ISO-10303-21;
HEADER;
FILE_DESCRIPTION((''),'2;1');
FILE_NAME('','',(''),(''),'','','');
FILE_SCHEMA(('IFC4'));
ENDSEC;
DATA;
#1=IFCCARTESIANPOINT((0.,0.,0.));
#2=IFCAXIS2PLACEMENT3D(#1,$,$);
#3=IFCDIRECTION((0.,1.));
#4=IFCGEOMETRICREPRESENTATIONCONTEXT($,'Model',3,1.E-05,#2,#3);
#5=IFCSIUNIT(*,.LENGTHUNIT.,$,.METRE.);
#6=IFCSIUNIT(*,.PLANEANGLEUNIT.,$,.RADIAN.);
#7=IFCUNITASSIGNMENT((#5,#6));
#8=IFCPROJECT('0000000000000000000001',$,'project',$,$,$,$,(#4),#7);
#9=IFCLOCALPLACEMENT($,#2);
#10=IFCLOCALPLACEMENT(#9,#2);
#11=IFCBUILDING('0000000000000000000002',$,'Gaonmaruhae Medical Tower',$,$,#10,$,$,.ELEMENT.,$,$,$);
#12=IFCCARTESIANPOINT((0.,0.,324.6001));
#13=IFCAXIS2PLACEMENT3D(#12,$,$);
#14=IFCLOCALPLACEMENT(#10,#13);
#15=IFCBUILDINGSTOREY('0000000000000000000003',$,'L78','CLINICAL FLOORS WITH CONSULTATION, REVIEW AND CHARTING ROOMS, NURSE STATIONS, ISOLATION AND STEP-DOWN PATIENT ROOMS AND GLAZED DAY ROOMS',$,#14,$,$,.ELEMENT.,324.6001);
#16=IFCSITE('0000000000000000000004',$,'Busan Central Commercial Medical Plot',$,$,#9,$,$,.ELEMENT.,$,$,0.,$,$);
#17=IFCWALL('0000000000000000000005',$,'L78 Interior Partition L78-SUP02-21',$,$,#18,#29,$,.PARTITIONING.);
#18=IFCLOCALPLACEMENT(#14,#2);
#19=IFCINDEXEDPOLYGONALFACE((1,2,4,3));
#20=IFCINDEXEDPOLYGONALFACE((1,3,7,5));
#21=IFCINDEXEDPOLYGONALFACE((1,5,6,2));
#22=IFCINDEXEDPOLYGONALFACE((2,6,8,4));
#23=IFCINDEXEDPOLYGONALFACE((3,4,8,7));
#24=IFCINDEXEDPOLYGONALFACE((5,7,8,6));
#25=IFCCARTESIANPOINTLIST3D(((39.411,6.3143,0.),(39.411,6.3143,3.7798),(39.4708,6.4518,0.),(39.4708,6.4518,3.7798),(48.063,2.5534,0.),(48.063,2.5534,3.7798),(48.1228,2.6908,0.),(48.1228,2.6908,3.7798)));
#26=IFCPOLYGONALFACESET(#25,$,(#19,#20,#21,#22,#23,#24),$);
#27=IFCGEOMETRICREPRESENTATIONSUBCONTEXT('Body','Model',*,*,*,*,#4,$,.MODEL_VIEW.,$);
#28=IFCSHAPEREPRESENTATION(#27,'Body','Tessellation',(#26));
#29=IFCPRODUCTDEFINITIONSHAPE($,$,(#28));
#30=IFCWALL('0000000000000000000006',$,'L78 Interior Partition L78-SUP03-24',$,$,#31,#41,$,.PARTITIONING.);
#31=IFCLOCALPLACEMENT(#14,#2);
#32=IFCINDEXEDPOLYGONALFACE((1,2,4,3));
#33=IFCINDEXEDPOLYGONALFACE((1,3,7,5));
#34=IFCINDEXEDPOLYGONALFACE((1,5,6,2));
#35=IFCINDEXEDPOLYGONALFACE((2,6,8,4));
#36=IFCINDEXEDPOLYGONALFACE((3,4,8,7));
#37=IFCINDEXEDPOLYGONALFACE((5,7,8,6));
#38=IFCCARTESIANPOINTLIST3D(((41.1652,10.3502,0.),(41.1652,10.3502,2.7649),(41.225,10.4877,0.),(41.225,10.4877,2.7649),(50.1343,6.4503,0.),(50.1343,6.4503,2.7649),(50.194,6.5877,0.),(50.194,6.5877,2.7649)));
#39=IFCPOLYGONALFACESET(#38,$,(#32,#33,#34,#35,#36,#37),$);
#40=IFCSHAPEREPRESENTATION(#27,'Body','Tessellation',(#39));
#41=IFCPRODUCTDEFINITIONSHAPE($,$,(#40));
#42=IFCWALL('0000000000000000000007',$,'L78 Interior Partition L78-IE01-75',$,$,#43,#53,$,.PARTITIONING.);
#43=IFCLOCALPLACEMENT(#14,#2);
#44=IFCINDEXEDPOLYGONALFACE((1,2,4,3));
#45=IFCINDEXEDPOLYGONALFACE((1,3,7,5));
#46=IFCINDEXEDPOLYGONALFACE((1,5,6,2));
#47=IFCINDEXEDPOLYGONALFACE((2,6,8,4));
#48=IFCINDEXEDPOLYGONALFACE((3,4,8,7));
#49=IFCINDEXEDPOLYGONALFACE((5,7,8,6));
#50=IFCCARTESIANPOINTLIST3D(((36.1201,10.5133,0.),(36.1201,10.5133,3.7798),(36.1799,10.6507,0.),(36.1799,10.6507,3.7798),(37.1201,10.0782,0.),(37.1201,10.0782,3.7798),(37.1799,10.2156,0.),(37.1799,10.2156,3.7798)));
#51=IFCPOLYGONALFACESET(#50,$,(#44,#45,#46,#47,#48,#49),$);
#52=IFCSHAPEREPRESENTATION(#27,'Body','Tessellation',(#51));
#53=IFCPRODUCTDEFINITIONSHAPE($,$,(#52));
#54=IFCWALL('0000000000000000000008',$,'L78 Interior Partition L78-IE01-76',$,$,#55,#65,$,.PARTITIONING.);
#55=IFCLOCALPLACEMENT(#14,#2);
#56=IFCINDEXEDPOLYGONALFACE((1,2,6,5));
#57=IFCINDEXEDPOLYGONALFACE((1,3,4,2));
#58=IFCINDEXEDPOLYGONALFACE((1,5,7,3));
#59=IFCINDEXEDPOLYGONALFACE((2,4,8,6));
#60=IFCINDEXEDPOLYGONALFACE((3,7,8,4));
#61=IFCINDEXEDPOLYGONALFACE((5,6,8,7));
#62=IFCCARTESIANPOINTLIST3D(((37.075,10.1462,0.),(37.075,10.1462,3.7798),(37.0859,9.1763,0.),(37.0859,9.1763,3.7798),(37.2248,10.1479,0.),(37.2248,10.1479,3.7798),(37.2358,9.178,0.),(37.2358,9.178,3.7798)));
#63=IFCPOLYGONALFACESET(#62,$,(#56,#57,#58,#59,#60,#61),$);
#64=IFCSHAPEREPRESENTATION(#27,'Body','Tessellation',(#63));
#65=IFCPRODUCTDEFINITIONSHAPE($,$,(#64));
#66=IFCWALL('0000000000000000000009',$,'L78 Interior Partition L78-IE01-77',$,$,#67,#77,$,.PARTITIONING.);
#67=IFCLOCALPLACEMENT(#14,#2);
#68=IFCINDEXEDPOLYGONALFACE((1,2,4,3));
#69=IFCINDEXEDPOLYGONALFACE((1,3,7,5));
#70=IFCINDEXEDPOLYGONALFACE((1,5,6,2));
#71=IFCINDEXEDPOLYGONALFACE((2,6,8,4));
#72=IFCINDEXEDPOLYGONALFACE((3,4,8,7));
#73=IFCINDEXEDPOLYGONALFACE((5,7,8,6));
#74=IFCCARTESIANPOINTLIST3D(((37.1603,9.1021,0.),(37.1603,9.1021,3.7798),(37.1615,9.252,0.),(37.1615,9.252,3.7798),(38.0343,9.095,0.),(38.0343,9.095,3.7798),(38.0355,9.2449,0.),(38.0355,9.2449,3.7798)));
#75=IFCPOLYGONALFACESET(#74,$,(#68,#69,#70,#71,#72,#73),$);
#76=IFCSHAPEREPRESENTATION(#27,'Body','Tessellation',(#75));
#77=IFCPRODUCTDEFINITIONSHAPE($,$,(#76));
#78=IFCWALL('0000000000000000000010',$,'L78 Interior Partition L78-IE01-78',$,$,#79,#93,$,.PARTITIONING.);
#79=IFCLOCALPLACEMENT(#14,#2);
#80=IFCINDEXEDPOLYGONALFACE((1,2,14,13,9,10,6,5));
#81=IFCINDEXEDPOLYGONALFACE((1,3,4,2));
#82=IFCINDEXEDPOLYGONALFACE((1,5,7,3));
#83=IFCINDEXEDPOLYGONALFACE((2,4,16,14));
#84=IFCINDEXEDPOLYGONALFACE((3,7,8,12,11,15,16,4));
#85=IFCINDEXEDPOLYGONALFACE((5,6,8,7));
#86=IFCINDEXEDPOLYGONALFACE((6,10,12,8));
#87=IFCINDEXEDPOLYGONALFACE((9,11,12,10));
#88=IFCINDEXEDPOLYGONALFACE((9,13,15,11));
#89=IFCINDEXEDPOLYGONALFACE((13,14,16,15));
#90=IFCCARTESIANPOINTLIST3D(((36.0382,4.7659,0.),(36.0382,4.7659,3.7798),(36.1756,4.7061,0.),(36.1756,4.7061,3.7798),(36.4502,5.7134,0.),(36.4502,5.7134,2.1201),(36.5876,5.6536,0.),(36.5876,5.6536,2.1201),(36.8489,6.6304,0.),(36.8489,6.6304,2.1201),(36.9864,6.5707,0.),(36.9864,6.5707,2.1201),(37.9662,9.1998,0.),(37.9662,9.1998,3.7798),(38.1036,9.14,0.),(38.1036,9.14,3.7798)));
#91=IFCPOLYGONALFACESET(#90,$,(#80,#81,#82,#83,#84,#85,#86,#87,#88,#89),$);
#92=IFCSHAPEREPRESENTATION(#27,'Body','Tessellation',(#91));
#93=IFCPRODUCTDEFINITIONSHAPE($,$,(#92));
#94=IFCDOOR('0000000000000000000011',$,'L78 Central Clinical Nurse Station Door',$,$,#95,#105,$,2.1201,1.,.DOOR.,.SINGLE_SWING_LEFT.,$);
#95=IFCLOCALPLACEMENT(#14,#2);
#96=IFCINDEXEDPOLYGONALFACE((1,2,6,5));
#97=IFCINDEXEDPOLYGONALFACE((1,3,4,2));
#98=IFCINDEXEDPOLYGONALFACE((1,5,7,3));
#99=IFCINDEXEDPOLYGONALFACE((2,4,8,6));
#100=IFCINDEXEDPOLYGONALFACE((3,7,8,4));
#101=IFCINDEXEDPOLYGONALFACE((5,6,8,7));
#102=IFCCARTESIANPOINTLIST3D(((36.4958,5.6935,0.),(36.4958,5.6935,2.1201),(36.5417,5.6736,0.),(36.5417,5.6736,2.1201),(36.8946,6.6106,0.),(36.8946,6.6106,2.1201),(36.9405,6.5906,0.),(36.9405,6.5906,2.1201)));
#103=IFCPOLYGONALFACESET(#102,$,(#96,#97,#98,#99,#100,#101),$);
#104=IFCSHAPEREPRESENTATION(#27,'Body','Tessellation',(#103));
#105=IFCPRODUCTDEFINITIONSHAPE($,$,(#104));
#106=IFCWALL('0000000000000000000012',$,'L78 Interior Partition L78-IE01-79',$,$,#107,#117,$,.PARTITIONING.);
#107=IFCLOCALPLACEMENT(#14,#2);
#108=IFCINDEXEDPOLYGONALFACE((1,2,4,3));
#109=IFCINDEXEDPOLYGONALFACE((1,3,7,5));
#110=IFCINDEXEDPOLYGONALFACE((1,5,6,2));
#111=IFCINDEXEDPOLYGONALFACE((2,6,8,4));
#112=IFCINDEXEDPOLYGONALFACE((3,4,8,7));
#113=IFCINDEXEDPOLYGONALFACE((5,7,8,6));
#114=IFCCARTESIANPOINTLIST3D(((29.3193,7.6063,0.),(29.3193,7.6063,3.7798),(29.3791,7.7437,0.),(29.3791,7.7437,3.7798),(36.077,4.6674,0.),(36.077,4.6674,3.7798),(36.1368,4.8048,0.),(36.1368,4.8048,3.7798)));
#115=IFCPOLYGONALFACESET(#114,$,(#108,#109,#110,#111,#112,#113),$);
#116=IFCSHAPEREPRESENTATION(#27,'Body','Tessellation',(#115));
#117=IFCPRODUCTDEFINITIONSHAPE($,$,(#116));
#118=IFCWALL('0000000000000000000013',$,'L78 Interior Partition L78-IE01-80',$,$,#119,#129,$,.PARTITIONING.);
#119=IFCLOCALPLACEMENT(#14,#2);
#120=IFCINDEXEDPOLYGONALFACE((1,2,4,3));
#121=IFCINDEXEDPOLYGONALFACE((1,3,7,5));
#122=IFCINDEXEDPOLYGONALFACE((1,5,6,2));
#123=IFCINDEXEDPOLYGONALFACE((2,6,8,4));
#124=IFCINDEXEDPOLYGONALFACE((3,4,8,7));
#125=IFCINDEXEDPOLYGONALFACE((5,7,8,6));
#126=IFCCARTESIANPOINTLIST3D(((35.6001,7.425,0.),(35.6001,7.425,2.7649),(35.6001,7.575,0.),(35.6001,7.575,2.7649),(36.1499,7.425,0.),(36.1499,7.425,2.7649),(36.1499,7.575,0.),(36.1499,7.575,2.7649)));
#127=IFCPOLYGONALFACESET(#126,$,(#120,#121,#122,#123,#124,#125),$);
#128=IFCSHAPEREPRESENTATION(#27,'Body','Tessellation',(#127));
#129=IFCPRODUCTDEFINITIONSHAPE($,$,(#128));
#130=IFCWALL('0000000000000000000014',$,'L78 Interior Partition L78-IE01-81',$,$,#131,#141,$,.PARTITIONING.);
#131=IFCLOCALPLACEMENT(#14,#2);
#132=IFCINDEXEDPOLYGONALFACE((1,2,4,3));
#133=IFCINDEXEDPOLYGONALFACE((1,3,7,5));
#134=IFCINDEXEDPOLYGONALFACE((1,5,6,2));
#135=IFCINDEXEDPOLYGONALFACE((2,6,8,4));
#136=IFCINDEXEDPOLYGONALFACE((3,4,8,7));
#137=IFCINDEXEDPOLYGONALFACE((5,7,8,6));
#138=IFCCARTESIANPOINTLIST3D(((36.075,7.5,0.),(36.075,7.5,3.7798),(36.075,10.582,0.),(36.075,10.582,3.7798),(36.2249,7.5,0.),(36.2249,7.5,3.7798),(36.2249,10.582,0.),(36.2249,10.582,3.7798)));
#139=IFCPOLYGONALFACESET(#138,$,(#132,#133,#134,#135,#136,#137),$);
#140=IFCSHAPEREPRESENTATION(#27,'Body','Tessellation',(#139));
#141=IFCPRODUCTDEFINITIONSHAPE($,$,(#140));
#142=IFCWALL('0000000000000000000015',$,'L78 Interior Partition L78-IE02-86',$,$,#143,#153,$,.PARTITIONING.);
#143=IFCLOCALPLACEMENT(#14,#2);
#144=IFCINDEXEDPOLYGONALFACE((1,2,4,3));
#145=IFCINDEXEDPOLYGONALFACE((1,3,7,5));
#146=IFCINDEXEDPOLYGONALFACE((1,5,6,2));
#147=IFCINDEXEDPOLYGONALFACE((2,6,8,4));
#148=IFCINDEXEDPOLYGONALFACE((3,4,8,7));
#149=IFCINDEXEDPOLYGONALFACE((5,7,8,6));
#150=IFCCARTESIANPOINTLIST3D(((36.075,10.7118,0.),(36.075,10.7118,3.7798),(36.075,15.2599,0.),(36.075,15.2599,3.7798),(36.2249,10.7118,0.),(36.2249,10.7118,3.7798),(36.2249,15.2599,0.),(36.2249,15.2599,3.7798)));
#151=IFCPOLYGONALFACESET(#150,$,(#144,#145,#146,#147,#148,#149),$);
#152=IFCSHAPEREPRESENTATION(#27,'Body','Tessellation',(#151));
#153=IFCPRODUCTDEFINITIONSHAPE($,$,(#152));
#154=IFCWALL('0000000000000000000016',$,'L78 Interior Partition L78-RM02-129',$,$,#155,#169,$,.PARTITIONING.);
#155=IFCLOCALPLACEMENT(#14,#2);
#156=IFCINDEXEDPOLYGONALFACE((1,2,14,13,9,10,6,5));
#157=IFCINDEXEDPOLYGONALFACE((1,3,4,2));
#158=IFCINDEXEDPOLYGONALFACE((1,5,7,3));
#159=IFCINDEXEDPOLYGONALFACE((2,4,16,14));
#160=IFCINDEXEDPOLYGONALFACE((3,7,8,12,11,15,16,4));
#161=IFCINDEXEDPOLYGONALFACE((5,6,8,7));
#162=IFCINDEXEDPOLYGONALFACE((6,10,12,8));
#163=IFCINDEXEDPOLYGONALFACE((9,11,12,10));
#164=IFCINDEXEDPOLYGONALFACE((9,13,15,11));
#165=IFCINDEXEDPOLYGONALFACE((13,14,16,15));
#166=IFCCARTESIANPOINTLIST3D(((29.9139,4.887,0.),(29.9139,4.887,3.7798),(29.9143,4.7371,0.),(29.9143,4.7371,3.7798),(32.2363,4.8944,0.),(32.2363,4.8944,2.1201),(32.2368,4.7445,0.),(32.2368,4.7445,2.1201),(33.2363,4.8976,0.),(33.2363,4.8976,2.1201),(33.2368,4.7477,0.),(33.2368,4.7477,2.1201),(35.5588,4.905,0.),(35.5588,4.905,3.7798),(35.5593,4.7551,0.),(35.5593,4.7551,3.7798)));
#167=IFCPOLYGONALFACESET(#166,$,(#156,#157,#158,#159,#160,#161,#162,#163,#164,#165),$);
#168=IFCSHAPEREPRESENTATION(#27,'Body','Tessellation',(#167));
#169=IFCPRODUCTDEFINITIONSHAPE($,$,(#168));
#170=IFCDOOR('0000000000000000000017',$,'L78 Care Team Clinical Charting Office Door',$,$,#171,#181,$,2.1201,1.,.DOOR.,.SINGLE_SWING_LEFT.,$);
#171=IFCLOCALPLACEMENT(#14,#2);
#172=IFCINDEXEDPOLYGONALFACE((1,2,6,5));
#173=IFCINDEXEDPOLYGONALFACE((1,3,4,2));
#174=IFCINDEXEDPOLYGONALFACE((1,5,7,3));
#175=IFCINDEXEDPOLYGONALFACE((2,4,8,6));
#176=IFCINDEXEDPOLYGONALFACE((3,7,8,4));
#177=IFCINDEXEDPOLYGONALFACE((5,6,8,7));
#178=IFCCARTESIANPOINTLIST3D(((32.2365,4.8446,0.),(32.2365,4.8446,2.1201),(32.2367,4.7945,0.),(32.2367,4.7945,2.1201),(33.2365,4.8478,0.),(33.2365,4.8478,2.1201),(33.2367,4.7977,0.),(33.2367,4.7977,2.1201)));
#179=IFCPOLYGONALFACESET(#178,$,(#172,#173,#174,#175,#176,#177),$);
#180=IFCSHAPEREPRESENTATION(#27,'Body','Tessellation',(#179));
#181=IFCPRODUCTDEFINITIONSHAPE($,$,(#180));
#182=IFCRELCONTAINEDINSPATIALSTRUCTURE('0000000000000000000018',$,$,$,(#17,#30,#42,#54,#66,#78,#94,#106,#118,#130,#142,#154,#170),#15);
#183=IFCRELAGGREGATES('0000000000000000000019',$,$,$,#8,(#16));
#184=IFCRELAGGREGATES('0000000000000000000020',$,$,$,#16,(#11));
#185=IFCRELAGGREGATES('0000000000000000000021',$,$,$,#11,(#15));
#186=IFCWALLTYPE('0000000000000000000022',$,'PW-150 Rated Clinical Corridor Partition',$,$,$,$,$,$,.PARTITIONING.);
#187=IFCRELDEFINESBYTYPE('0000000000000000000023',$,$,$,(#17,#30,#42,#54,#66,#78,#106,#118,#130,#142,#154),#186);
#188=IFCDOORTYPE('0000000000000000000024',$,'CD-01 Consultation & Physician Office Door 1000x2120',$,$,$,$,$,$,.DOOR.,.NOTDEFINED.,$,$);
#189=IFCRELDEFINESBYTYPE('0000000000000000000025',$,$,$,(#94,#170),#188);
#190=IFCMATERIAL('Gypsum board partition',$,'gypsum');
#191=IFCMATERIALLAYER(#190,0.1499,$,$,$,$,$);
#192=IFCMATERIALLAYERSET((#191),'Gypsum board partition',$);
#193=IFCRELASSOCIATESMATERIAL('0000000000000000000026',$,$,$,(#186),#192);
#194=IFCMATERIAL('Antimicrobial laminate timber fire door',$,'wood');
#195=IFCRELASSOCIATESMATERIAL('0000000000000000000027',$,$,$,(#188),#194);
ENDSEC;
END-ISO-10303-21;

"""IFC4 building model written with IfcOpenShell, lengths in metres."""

from ifc_helpers import new_model, si_unit, direction, frame, frame_2d, origin, place, context, subcontext, project, spatial, rectangle, extrude, material, layer, layer_set, type_object, element, fill, save


model = new_model("IFC4")

# Units and contexts
model_context = context("Model", 3, precision=1e-05, world=origin(), true_north=direction((0.0, 1.0)))
body_context = subcontext(model_context, "Body", "Model", "MODEL_VIEW")
ifc_project = project(units=[si_unit("LENGTHUNIT", "METRE"), si_unit("PLANEANGLEUNIT", "RADIAN")], contexts=[model_context])

# Site, building, storey
site_placement = place(None, origin())
site = spatial("IfcSite", under=ifc_project, at=site_placement, Name="Busan Central Commercial Medical Plot", CompositionType="ELEMENT", RefElevation=0.0)
building_placement = place(site_placement, origin())
building = spatial("IfcBuilding", under=site, at=building_placement, Name="Gaonmaruhae Medical Tower", CompositionType="ELEMENT")
storey_placement = place(building_placement, frame((0.0, 0.0, 324.6001)))
storey = spatial("IfcBuildingStorey", under=building, at=storey_placement, Name="L78", Description="CLINICAL FLOORS WITH CONSULTATION, REVIEW AND CHARTING ROOMS, NURSE STATIONS, ISOLATION AND STEP-DOWN PATIENT ROOMS AND GLAZED DAY ROOMS", CompositionType="ELEMENT", Elevation=324.6001)

# Wall
ifc_material_1 = material(Name="Gypsum board partition", Category="gypsum")
ifc_layer_1 = layer(ifc_material_1, 0.1499)
ifc_layer_set_1 = layer_set([ifc_layer_1], Name="Gypsum board partition")
wall_type_1 = type_object("IfcWallType", Name="PW-150 Rated Clinical Corridor Partition", PredefinedType="PARTITIONING", material=ifc_layer_set_1)
wall_1_placement = place(storey_placement, frame((39.4409, 6.3831, 0.0), z_axis=(0.0, 0.0, 1.0), x_axis=(0.917101, -0.398655, 0.0)))
element("IfcWall", 1, at=wall_1_placement, inside=storey, type_object=wall_type_1, Name="L78 Interior Partition L78-SUP02-21", PredefinedType="PARTITIONING", context=body_context, shape_type="SweptSolid", body=[
    extrude(rectangle(XDim=9.4341, YDim=0.1499, at=frame_2d((4.717, 0.0))), origin(), (0.0, 0.0, 1.0), 3.7798),
])

# Shared definitions
ifc_material_2 = material(Name="Antimicrobial laminate timber fire door", Category="wood")

# Walls
wall_2_placement = place(storey_placement, frame((41.1951, 10.4189, 0.0), z_axis=(0.0, 0.0, 1.0), x_axis=(0.917057, -0.398755, 0.0)))
element("IfcWall", 2, at=wall_2_placement, inside=storey, type_object=wall_type_1, Name="L78 Interior Partition L78-SUP03-24", PredefinedType="PARTITIONING", context=body_context, shape_type="SweptSolid", body=[
    extrude(rectangle(XDim=9.7803, YDim=0.1499, at=frame_2d((4.8901, 0.0))), origin(), (0.0, 0.0, 1.0), 2.7649),
])
wall_3_placement = place(storey_placement, frame((36.1499, 10.582, 0.0), z_axis=(0.0, 0.0, 1.0), x_axis=(0.916977, -0.398939, 0.0)))
element("IfcWall", 3, at=wall_3_placement, inside=storey, type_object=wall_type_1, Name="L78 Interior Partition L78-IE01-75", PredefinedType="PARTITIONING", context=body_context, shape_type="SweptSolid", body=[
    extrude(rectangle(XDim=1.0906, YDim=0.1499, at=frame_2d((0.5454, 0.0))), origin(), (0.0, 0.0, 1.0), 3.7798),
])
wall_4_placement = place(storey_placement, frame((37.1499, 10.147, 0.0), z_axis=(0.0, 0.0, 1.0), x_axis=(0.011326, -0.999936, 0.0)))
element("IfcWall", 4, at=wall_4_placement, inside=storey, type_object=wall_type_1, Name="L78 Interior Partition L78-IE01-76", PredefinedType="PARTITIONING", context=body_context, shape_type="SweptSolid", body=[
    extrude(rectangle(XDim=0.97, YDim=0.1499, at=frame_2d((0.4849, 0.0))), origin(), (0.0, 0.0, 1.0), 3.7798),
])
wall_5_placement = place(storey_placement, frame((37.1609, 9.177, 0.0), z_axis=(0.0, 0.0, 1.0), x_axis=(0.999967, -0.0081, 0.0)))
element("IfcWall", 5, at=wall_5_placement, inside=storey, type_object=wall_type_1, Name="L78 Interior Partition L78-IE01-77", PredefinedType="PARTITIONING", context=body_context, shape_type="SweptSolid", body=[
    extrude(rectangle(XDim=0.874, YDim=0.1499, at=frame_2d((0.437, 0.0))), origin(), (0.0, 0.0, 1.0), 3.7798),
])

# Wall, opening, door
wall_6_placement = place(storey_placement, frame((38.0349, 9.1699, 0.0), z_axis=(0.0, 0.0, 1.0), x_axis=(-0.398765, -0.917053, 0.0)))
wall_6 = element("IfcWall", 6, at=wall_6_placement, inside=storey, type_object=wall_type_1, Name="L78 Interior Partition L78-IE01-78", PredefinedType="PARTITIONING", context=body_context, shape_type="SweptSolid", body=[
    extrude(rectangle(XDim=4.835, YDim=0.1499, at=frame_2d((2.4175, 0.0))), origin(), (0.0, 0.0, 1.0), 3.7798),
])
opening_1_placement = place(wall_6_placement, frame((2.8018, 0.0, 0.0)))
opening_1 = element("IfcOpeningElement", 7, at=opening_1_placement, cuts=wall_6, PredefinedType="OPENING", context=body_context, shape_type="SweptSolid", body=[
    extrude(rectangle(XDim=1.0, YDim=2.1201, at=frame_2d((0.5, 1.0601))), frame((0.0, 0.085, 0.0), z_axis=(0.0, -1.0, 0.0), x_axis=(1.0, 0.0, 0.0)), (0.0, 0.0, 1.0), 0.1699),
])
door_type_1 = type_object("IfcDoorType", Name="CD-01 Consultation & Physician Office Door 1000x2120", OperationType="NOTDEFINED", PredefinedType="DOOR", material=ifc_material_2)
door_1_placement = place(opening_1_placement, origin())
door_1 = element("IfcDoor", 8, at=door_1_placement, inside=storey, type_object=door_type_1, Name="L78 Central Clinical Nurse Station Door", OperationType="SINGLE_SWING_LEFT", OverallHeight=2.1201, OverallWidth=1.0, PredefinedType="DOOR", context=body_context, shape_type="SweptSolid", body=[
    extrude(rectangle(XDim=1.0, YDim=2.1201, at=frame_2d((0.5, 1.0601))), frame((0.0, 0.0249, 0.0), z_axis=(0.0, -1.0, 0.0), x_axis=(1.0, 0.0, 0.0)), (0.0, 0.0, 1.0), 0.05),
])
fill(opening_1, door_1)

# Walls
wall_7_placement = place(storey_placement, frame((36.1069, 4.7361, 0.0), z_axis=(0.0, 0.0, 1.0), x_axis=(-0.917031, 0.398816, 0.0)))
element("IfcWall", 9, at=wall_7_placement, inside=storey, type_object=wall_type_1, Name="L78 Interior Partition L78-IE01-79", PredefinedType="PARTITIONING", context=body_context, shape_type="SweptSolid", body=[
    extrude(rectangle(XDim=7.3691, YDim=0.1499, at=frame_2d((3.6846, 0.0))), origin(), (0.0, 0.0, 1.0), 3.7798),
])
wall_8_placement = place(storey_placement, frame((35.6001, 7.5, 0.0), z_axis=(0.0, 0.0, 1.0), x_axis=(1.0, 0.0, 0.0)))
element("IfcWall", 10, at=wall_8_placement, inside=storey, type_object=wall_type_1, Name="L78 Interior Partition L78-IE01-80", PredefinedType="PARTITIONING", context=body_context, shape_type="SweptSolid", body=[
    extrude(rectangle(XDim=0.5498, YDim=0.1499, at=frame_2d((0.2749, 0.0))), origin(), (0.0, 0.0, 1.0), 2.7649),
])
wall_9_placement = place(storey_placement, frame((36.1499, 7.5, 0.0), z_axis=(0.0, 0.0, 1.0), x_axis=(0.0, 1.0, 0.0)))
element("IfcWall", 11, at=wall_9_placement, inside=storey, type_object=wall_type_1, Name="L78 Interior Partition L78-IE01-81", PredefinedType="PARTITIONING", context=body_context, shape_type="SweptSolid", body=[
    extrude(rectangle(XDim=3.082, YDim=0.1499, at=frame_2d((1.541, 0.0))), origin(), (0.0, 0.0, 1.0), 3.7798),
])
wall_10_placement = place(storey_placement, frame((36.1499, 10.7119, 0.0), z_axis=(0.0, 0.0, 1.0), x_axis=(0.0, 1.0, 0.0)))
element("IfcWall", 12, at=wall_10_placement, inside=storey, type_object=wall_type_1, Name="L78 Interior Partition L78-IE02-86", PredefinedType="PARTITIONING", context=body_context, shape_type="SweptSolid", body=[
    extrude(rectangle(XDim=4.5481, YDim=0.1499, at=frame_2d((2.2739, 0.0))), origin(), (0.0, 0.0, 1.0), 3.7798),
])

# Wall, opening, door
wall_11_placement = place(storey_placement, frame((35.5591, 4.8301, 0.0), z_axis=(0.0, 0.0, 1.0), x_axis=(-0.999995, -0.0032, 0.0)))
wall_11 = element("IfcWall", 13, at=wall_11_placement, inside=storey, type_object=wall_type_1, Name="L78 Interior Partition L78-RM02-129", PredefinedType="PARTITIONING", context=body_context, shape_type="SweptSolid", body=[
    extrude(rectangle(XDim=5.645, YDim=0.1499, at=frame_2d((2.8225, 0.0))), origin(), (0.0, 0.0, 1.0), 3.7798),
])
opening_2_placement = place(wall_11_placement, frame((2.3225, 0.0, 0.0)))
opening_2 = element("IfcOpeningElement", 14, at=opening_2_placement, cuts=wall_11, PredefinedType="OPENING", context=body_context, shape_type="SweptSolid", body=[
    extrude(rectangle(XDim=1.0, YDim=2.1201, at=frame_2d((0.5, 1.0601))), frame((0.0, 0.085, 0.0), z_axis=(0.0, -1.0, 0.0), x_axis=(1.0, 0.0, 0.0)), (0.0, 0.0, 1.0), 0.1699),
])
door_2_placement = place(opening_2_placement, origin())
door_2 = element("IfcDoor", 15, at=door_2_placement, inside=storey, type_object=door_type_1, Name="L78 Care Team Clinical Charting Office Door", OperationType="SINGLE_SWING_LEFT", OverallHeight=2.1201, OverallWidth=1.0, PredefinedType="DOOR", context=body_context, shape_type="SweptSolid", body=[
    extrude(rectangle(XDim=1.0, YDim=2.1201, at=frame_2d((0.5, 1.0601))), frame((0.0, 0.0249, 0.0), z_axis=(0.0, -1.0, 0.0), x_axis=(1.0, 0.0, 0.0)), (0.0, 0.0, 1.0), 0.05),
])
fill(opening_2, door_2)

save(model, "model.ifc")
